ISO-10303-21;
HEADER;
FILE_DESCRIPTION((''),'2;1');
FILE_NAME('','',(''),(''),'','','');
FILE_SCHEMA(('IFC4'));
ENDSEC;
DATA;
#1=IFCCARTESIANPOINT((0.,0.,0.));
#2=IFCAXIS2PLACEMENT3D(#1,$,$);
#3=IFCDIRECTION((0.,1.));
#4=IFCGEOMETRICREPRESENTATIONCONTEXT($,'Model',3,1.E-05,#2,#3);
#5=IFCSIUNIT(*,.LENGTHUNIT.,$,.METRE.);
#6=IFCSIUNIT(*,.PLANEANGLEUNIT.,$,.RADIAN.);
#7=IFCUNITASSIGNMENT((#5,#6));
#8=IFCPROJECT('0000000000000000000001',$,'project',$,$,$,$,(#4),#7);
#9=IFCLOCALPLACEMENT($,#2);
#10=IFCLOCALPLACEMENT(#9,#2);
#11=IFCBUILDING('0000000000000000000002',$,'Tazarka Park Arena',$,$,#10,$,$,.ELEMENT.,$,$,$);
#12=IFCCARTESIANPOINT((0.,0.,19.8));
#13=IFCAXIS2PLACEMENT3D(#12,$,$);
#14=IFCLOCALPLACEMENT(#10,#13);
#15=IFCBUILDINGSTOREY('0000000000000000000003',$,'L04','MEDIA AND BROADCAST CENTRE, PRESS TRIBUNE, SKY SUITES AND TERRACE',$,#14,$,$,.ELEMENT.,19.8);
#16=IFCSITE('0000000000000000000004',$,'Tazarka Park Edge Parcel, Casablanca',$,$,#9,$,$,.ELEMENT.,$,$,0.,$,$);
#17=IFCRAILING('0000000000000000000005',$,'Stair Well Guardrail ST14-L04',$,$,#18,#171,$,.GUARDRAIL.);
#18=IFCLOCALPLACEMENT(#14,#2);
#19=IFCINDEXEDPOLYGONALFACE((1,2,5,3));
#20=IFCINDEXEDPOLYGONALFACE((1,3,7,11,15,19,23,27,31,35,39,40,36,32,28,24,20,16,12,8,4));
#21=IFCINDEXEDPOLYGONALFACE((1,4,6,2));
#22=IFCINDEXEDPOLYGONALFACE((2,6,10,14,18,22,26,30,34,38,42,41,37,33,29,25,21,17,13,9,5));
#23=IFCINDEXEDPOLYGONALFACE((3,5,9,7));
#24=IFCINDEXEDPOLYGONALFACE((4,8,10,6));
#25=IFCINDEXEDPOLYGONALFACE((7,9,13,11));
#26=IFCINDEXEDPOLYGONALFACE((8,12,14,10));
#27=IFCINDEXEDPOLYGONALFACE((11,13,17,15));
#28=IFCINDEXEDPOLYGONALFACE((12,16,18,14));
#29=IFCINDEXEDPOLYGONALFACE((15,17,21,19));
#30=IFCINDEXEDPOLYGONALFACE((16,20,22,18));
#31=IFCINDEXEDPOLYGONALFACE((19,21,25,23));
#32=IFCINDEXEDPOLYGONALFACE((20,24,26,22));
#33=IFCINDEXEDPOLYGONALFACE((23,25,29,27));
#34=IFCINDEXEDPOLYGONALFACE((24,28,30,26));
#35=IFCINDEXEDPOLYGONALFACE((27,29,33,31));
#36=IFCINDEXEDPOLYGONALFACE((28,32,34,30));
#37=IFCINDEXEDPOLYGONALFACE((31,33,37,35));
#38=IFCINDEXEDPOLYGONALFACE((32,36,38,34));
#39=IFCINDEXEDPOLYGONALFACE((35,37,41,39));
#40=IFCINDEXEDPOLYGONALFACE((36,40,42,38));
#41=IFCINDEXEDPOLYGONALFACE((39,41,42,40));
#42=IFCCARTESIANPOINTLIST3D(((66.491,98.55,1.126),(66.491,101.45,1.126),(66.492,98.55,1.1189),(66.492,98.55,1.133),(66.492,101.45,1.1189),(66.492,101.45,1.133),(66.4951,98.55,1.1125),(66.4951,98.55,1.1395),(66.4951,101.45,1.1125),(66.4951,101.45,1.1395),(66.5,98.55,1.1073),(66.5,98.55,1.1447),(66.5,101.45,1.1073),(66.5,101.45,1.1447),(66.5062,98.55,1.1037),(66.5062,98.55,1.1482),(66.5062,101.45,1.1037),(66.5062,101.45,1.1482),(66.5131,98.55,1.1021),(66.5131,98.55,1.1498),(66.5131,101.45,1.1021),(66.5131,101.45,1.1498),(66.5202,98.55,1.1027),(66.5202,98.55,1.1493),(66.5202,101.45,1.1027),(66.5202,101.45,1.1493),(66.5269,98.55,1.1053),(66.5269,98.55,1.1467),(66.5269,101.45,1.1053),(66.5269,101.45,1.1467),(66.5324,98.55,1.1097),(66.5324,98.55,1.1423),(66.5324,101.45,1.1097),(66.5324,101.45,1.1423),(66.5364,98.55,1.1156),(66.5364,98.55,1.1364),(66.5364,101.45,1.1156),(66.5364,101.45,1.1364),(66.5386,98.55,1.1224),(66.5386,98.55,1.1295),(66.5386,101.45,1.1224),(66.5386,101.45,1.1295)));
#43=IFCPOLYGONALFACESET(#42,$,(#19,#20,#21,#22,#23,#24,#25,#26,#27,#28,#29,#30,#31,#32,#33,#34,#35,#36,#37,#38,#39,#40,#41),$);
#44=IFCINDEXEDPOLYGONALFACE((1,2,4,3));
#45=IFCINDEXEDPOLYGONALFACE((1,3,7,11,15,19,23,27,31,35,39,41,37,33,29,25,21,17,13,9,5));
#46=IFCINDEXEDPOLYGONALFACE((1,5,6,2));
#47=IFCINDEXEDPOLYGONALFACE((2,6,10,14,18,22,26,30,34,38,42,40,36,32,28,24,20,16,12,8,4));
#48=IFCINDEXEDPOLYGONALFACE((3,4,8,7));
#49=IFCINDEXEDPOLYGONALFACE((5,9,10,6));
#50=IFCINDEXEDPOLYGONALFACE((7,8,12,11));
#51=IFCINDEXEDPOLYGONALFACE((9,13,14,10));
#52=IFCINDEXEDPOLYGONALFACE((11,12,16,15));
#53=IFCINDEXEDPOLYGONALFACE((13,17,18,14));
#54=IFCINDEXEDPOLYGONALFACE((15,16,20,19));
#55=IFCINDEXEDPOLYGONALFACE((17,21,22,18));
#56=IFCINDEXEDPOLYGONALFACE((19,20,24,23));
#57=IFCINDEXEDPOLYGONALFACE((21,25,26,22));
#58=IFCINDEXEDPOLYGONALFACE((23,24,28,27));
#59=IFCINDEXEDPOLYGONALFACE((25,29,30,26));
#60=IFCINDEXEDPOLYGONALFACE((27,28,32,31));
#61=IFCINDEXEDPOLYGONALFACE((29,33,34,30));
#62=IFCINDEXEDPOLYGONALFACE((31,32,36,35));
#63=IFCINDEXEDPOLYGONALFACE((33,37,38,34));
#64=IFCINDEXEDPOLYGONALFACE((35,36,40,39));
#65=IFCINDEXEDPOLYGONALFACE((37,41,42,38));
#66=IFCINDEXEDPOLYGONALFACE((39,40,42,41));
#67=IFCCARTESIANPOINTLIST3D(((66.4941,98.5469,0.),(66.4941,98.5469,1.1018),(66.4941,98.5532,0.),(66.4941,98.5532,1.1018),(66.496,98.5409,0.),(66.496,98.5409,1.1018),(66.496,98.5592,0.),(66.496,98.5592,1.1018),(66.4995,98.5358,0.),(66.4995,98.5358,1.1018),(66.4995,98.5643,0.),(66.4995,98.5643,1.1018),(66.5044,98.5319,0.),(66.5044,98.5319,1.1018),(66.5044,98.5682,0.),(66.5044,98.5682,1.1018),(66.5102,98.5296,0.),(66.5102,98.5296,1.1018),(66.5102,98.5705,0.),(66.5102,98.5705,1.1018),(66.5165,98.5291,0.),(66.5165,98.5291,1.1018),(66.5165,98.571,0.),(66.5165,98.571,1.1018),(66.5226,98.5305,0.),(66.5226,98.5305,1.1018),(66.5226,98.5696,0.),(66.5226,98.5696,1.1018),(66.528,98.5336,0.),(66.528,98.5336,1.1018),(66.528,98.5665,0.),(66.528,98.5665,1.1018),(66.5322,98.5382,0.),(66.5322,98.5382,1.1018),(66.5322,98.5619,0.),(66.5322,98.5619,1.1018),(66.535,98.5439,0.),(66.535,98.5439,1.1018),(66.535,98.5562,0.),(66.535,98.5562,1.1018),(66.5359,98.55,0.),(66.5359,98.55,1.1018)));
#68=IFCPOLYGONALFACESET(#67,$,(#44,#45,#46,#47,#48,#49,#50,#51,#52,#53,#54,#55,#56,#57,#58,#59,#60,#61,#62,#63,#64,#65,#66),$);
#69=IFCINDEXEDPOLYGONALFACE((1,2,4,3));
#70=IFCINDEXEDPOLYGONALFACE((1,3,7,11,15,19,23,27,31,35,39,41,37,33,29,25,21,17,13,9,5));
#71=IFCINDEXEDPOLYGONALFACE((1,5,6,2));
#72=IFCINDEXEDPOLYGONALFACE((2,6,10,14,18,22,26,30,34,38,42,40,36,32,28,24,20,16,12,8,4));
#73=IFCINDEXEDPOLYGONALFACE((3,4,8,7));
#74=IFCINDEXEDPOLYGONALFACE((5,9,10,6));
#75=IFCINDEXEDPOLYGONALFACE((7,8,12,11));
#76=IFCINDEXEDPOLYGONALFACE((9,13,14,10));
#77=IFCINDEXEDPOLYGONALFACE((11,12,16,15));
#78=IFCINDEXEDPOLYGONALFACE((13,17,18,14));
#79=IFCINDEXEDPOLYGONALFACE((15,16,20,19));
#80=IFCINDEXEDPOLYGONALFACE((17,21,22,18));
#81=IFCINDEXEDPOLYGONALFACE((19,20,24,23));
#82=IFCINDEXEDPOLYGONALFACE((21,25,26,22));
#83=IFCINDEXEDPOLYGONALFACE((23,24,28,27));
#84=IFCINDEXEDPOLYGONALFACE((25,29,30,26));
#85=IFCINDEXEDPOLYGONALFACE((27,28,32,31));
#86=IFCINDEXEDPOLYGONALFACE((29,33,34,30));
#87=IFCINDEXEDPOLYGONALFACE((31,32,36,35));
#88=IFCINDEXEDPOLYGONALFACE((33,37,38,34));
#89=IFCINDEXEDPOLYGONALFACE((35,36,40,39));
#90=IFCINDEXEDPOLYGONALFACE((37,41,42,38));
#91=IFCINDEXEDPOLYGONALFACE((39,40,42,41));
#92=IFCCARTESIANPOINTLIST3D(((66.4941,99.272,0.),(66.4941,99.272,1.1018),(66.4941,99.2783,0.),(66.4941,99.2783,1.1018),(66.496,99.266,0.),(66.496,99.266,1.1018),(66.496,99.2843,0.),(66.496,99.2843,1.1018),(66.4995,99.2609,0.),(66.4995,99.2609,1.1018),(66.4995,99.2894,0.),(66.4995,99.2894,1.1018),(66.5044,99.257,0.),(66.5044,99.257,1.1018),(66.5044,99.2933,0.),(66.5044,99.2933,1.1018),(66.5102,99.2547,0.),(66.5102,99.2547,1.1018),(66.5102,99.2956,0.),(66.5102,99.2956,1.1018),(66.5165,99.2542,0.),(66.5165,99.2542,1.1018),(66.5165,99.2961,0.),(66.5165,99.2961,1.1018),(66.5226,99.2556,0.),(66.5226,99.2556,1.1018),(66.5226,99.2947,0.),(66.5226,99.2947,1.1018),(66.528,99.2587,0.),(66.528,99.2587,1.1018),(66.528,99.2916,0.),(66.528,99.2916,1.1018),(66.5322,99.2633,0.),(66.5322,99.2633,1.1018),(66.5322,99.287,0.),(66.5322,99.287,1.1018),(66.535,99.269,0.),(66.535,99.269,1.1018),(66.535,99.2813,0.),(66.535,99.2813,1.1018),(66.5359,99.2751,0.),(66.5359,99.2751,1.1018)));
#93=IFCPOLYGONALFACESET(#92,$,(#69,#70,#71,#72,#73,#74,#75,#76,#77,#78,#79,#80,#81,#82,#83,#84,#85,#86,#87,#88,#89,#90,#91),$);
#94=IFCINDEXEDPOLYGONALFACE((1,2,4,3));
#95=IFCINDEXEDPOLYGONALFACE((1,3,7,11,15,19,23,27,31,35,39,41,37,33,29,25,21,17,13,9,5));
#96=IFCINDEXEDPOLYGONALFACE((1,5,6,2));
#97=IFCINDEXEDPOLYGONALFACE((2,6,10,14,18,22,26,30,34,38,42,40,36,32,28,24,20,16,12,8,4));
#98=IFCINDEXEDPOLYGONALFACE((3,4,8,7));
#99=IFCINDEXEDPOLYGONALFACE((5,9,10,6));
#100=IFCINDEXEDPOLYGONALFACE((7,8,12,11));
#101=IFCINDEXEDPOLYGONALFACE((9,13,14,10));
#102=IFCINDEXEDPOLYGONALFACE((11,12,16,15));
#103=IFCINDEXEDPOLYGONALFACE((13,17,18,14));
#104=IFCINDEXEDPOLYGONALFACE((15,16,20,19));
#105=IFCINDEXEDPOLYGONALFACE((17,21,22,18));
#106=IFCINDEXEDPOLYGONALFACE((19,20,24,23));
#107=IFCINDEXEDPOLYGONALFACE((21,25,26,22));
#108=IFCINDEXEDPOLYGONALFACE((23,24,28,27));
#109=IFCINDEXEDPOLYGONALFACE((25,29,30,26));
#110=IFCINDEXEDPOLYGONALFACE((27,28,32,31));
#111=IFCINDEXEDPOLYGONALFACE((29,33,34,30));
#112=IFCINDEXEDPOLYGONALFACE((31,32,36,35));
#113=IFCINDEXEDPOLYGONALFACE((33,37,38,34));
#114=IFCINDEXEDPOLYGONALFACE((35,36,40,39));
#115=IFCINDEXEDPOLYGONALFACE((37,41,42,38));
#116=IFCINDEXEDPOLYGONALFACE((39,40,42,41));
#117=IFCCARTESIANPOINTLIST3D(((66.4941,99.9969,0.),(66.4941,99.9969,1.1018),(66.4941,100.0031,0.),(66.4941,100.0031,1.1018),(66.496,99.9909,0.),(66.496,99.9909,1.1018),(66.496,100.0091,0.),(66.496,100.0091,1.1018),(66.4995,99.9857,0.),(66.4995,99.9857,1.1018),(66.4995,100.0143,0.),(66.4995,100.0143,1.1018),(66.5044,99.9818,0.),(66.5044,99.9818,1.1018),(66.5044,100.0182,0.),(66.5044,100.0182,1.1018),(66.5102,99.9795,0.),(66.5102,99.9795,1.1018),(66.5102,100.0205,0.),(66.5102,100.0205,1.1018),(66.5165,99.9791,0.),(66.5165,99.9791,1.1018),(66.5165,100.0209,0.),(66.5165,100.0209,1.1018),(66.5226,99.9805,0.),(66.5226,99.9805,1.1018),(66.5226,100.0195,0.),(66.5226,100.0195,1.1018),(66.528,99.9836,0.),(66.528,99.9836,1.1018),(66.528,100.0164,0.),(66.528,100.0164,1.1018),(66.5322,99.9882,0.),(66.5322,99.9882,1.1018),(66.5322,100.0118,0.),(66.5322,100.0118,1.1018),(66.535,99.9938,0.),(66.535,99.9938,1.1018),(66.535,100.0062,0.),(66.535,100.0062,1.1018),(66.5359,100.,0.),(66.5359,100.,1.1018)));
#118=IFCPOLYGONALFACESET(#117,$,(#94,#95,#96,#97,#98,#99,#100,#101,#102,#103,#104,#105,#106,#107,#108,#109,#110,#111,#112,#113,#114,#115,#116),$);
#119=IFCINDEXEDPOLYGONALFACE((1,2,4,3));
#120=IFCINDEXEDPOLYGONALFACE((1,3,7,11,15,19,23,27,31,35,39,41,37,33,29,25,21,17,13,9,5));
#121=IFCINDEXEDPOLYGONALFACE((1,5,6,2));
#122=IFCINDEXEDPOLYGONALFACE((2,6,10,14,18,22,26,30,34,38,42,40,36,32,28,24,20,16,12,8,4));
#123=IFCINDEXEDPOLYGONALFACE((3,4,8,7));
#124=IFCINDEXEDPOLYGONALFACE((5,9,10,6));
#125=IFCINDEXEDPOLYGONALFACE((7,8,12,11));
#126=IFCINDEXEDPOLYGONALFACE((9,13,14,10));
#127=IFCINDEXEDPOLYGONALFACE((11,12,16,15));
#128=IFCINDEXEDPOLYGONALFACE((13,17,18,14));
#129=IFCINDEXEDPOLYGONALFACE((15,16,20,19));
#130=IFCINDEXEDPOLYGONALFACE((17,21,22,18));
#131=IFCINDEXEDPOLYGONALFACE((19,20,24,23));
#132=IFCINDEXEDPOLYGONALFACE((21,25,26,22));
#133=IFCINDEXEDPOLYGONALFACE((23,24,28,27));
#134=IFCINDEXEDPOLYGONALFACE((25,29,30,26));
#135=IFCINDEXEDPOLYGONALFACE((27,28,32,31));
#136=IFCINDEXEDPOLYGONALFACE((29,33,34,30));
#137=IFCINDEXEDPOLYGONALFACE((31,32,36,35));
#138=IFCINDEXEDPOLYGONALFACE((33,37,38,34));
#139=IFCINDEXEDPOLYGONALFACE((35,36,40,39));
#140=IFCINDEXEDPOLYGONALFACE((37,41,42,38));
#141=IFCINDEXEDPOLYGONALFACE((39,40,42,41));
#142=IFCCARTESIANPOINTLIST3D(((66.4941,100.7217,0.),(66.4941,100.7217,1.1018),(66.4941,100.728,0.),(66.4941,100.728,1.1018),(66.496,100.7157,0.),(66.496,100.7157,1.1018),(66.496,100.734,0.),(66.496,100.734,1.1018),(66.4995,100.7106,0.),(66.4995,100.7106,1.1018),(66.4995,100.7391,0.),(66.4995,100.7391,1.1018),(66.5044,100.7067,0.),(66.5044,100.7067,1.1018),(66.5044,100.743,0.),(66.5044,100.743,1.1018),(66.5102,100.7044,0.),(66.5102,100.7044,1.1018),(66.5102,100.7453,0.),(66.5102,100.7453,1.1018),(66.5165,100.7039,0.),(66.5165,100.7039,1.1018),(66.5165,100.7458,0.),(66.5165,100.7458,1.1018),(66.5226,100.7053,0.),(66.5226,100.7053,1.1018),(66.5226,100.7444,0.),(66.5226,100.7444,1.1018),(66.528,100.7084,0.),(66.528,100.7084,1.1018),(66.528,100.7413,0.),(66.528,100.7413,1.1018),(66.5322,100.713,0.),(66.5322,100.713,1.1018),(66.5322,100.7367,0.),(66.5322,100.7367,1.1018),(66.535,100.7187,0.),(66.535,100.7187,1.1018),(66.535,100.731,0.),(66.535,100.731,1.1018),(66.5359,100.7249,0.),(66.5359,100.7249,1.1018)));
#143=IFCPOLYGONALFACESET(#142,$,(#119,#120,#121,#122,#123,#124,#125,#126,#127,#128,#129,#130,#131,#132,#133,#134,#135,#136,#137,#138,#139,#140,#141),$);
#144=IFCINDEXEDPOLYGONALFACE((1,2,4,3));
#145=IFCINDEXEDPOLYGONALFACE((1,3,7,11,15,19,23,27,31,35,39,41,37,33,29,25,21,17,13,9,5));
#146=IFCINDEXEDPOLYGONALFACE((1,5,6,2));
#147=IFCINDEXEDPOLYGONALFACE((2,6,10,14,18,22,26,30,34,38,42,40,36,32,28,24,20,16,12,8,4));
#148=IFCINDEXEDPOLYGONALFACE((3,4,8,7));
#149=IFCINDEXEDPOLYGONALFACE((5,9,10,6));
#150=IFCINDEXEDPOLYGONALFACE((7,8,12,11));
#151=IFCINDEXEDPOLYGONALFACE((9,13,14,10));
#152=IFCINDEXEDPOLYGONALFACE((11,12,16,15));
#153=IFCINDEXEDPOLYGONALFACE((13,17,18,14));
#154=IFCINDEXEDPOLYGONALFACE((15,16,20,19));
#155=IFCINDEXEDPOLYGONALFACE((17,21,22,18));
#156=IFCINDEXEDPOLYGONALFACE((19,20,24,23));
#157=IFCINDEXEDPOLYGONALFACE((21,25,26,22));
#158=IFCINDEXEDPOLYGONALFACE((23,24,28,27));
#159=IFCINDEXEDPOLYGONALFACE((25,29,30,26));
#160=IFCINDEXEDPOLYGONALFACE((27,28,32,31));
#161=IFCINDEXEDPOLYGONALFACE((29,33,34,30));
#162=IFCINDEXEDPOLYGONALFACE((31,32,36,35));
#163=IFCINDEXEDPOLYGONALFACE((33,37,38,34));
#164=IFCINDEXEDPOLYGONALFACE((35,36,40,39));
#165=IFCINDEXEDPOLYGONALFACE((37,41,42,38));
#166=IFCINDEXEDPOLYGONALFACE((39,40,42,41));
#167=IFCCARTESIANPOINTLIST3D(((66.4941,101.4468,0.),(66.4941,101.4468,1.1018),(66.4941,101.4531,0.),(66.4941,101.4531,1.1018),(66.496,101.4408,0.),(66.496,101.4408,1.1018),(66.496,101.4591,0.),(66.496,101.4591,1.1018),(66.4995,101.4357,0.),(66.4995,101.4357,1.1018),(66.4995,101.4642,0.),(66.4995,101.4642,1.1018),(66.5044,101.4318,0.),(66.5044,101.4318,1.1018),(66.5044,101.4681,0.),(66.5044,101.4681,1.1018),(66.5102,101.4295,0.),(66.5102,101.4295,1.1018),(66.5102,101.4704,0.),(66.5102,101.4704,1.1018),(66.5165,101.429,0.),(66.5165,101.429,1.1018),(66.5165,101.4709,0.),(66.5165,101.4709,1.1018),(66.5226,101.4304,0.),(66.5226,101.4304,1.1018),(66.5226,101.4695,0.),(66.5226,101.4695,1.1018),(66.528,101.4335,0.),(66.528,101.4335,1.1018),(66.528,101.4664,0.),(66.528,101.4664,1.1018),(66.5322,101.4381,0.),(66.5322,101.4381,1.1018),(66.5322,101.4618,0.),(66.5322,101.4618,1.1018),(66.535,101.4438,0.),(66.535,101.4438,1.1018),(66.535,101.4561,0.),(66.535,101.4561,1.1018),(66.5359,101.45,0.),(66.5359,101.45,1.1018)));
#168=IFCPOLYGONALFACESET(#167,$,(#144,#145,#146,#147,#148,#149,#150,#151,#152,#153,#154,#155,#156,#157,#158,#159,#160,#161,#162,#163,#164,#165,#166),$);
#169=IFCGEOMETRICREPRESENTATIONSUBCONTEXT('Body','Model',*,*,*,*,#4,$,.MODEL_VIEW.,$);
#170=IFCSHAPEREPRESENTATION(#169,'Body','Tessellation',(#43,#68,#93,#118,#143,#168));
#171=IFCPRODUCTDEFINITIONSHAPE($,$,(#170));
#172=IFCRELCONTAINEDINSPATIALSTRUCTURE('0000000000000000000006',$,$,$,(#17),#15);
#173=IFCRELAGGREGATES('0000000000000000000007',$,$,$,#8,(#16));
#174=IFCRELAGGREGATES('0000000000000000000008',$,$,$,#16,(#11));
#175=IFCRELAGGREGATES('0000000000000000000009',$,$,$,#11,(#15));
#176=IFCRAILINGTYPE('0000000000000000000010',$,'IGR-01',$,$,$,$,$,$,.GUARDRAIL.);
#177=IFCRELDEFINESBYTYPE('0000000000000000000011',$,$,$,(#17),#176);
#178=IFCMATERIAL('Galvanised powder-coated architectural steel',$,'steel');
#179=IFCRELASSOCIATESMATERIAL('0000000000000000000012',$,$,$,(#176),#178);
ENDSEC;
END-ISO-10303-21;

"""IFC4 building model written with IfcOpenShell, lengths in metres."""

from ifc_helpers import new_model, si_unit, direction, frame, origin, origin_2d, place, context, subcontext, project, spatial, circle, extrude, material, type_object, element, save


model = new_model("IFC4")

# Units and contexts
model_context = context("Model", 3, precision=1e-05, world=origin(), true_north=direction((0.0, 1.0)))
body_context = subcontext(model_context, "Body", "Model", "MODEL_VIEW")
ifc_project = project(units=[si_unit("LENGTHUNIT", "METRE"), si_unit("PLANEANGLEUNIT", "RADIAN")], contexts=[model_context])

# Site, building, storey
site_placement = place(None, origin())
site = spatial("IfcSite", under=ifc_project, at=site_placement, Name="Tazarka Park Edge Parcel, Casablanca", CompositionType="ELEMENT", RefElevation=0.0)
building_placement = place(site_placement, origin())
building = spatial("IfcBuilding", under=site, at=building_placement, Name="Tazarka Park Arena", CompositionType="ELEMENT")
storey_placement = place(building_placement, frame((0.0, 0.0, 19.8)))
storey = spatial("IfcBuildingStorey", under=building, at=storey_placement, Name="L04", Description="MEDIA AND BROADCAST CENTRE, PRESS TRIBUNE, SKY SUITES AND TERRACE", CompositionType="ELEMENT", Elevation=19.8)

# Railing
ifc_material_1 = material(Name="Galvanised powder-coated architectural steel", Category="steel")
railing_type_1 = type_object("IfcRailingType", Name="IGR-01", PredefinedType="GUARDRAIL", material=ifc_material_1)
for number, where, name in (
    (1, (66.5149, 98.55, 0.0), "Stair Well Guardrail ST14-L04"),
):
    element("IfcRailing", number, at=place(storey_placement, frame(where)), inside=storey, type_object=railing_type_1, Name=name, PredefinedType="GUARDRAIL", context=body_context, shape_type="SweptSolid", body=[
        extrude(circle(Radius=0.0239, at=origin_2d()), frame((0.0, 0.0, 1.126), z_axis=(0.0, 1.0, 0.0), x_axis=(-1.0, 0.0, 0.0)), (0.0, 0.0, 1.0), 2.8999),
        extrude(circle(Radius=0.021, at=origin_2d()), origin(), (0.0, 0.0, 1.0), 1.1018),
        extrude(circle(Radius=0.021, at=origin_2d()), frame((0.0, 0.7251, 0.0)), (0.0, 0.0, 1.0), 1.1018),
        extrude(circle(Radius=0.021, at=origin_2d()), frame((0.0, 1.45, 0.0)), (0.0, 0.0, 1.0), 1.1018),
        extrude(circle(Radius=0.021, at=origin_2d()), frame((0.0, 2.1748, 0.0)), (0.0, 0.0, 1.0), 1.1018),
        extrude(circle(Radius=0.021, at=origin_2d()), frame((0.0, 2.8999, 0.0)), (0.0, 0.0, 1.0), 1.1018),
    ])

save(model, "model.ifc")
